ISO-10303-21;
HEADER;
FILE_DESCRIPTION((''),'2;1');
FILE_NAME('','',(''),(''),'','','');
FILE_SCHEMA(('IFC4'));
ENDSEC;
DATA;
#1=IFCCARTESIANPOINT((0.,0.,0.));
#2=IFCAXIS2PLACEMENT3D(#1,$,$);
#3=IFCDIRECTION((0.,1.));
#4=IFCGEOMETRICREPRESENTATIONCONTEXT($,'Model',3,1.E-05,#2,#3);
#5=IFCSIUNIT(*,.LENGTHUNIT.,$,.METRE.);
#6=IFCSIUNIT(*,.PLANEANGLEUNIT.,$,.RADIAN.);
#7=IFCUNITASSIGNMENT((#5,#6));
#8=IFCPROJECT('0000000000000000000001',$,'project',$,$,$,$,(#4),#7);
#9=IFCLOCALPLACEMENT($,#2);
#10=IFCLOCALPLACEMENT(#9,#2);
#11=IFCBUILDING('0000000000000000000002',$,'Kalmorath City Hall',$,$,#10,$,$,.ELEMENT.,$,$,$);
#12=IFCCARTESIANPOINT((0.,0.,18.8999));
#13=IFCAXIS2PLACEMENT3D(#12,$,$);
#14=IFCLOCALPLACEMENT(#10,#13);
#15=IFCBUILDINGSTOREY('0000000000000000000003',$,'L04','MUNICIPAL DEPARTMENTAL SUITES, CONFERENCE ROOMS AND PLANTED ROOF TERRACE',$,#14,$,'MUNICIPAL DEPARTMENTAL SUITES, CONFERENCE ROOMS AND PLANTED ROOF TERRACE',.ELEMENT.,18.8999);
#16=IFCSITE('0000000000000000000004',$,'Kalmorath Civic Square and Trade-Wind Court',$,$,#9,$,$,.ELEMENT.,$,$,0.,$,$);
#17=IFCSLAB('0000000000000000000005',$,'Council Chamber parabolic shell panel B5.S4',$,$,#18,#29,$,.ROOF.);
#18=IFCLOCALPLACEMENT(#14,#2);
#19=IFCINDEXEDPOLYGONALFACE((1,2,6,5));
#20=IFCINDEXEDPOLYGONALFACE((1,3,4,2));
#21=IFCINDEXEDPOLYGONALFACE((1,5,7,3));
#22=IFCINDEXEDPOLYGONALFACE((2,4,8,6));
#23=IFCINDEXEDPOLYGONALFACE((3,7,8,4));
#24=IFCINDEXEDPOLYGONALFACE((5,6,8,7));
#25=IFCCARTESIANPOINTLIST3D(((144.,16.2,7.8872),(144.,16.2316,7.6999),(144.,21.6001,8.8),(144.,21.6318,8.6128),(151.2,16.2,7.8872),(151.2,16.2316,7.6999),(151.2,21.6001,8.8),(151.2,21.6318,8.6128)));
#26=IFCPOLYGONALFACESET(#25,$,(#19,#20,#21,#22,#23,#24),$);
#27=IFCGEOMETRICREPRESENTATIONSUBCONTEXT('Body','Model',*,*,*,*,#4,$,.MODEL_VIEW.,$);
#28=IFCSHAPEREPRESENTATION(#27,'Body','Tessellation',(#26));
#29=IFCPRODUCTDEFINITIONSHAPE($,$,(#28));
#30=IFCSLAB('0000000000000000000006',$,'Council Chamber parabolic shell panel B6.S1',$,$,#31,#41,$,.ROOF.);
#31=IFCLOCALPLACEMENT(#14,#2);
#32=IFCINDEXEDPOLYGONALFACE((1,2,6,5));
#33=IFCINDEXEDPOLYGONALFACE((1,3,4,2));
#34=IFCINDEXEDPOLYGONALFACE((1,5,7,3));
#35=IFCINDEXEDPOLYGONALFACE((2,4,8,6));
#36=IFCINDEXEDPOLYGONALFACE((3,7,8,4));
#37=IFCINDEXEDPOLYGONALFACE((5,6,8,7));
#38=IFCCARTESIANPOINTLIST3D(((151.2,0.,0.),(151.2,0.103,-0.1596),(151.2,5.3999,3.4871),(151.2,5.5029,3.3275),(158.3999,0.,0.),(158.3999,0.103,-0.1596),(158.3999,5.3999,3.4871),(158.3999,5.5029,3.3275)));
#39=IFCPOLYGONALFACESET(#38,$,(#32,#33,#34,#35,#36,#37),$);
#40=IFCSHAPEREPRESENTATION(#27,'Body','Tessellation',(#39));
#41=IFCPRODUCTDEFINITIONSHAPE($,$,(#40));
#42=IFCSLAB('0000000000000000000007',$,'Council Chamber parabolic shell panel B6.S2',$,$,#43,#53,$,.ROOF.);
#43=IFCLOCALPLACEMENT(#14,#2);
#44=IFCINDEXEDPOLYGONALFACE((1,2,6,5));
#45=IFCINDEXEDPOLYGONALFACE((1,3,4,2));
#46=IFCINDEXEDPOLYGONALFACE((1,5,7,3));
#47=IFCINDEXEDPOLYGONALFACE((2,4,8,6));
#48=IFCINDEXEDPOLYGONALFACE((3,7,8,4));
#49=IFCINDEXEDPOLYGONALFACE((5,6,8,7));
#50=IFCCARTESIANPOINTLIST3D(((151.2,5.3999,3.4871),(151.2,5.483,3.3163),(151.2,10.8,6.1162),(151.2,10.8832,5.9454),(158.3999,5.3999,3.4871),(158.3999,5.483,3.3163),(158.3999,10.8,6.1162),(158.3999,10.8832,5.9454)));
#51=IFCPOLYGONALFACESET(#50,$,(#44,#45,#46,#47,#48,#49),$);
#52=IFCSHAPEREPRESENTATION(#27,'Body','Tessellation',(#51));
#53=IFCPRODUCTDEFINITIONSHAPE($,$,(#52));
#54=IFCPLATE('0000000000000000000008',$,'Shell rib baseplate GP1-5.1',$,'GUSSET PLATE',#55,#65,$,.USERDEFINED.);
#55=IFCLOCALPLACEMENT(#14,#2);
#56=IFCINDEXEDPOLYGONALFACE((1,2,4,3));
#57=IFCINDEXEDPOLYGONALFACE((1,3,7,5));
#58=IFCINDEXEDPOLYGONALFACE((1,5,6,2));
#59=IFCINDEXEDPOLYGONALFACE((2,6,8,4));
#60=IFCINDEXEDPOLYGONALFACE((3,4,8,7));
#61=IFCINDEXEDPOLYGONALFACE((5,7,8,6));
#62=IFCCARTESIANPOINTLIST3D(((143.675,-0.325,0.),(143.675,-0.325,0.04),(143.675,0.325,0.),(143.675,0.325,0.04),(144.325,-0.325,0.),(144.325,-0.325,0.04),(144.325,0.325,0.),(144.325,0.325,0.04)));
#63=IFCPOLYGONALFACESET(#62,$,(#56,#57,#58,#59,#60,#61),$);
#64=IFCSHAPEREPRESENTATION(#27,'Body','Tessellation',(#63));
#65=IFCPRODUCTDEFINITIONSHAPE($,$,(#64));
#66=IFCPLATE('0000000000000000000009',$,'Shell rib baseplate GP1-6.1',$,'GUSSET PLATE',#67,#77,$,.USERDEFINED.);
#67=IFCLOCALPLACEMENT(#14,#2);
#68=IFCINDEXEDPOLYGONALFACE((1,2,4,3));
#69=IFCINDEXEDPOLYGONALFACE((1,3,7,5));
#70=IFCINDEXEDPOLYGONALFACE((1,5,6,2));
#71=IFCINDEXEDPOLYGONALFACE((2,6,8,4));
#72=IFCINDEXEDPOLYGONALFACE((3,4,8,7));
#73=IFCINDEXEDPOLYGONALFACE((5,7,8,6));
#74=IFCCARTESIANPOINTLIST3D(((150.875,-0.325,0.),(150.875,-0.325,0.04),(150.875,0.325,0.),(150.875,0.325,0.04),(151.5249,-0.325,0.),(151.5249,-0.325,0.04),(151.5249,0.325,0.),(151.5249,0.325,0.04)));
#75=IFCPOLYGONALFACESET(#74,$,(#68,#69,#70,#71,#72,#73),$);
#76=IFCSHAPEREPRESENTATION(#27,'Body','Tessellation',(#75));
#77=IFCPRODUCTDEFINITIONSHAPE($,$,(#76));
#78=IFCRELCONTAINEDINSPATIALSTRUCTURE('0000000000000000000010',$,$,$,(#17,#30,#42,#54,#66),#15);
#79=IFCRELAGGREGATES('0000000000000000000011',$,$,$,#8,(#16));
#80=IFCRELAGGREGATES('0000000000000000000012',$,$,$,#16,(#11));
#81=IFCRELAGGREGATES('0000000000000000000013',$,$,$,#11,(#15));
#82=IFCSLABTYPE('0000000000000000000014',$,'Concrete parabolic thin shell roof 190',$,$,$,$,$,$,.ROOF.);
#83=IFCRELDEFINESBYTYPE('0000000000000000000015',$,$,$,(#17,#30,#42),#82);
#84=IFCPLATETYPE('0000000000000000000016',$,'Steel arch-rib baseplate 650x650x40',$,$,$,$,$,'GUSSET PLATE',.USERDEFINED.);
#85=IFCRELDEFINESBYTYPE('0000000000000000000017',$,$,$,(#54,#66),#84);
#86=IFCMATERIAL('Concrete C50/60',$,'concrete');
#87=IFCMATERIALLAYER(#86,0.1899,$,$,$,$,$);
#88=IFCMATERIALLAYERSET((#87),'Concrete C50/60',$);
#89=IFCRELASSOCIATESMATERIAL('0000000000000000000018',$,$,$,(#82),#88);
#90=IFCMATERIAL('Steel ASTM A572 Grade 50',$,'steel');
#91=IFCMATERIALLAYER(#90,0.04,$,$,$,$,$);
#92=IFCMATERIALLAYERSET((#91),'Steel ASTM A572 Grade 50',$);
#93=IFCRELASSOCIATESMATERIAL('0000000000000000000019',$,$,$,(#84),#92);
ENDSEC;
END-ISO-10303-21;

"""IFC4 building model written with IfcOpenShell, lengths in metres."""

from ifc_helpers import new_model, si_unit, direction, frame, origin, origin_2d, place, context, subcontext, project, spatial, polyline, rectangle, outline, extrude, material, layer, layer_set, type_object, element, save


model = new_model("IFC4")

# Units and contexts
model_context = context("Model", 3, precision=1e-05, world=origin(), true_north=direction((0.0, 1.0)))
body_context = subcontext(model_context, "Body", "Model", "MODEL_VIEW")
ifc_project = project(units=[si_unit("LENGTHUNIT", "METRE"), si_unit("PLANEANGLEUNIT", "RADIAN")], contexts=[model_context])

# Site, building, storey
site_placement = place(None, origin())
site = spatial("IfcSite", under=ifc_project, at=site_placement, Name="Kalmorath Civic Square and Trade-Wind Court", CompositionType="ELEMENT", RefElevation=0.0)
building_placement = place(site_placement, origin())
building = spatial("IfcBuilding", under=site, at=building_placement, Name="Kalmorath City Hall", CompositionType="ELEMENT")
storey_placement = place(building_placement, frame((0.0, 0.0, 18.8999)))
storey = spatial("IfcBuildingStorey", under=building, at=storey_placement, Name="L04", Description="MUNICIPAL DEPARTMENTAL SUITES, CONFERENCE ROOMS AND PLANTED ROOF TERRACE", LongName="MUNICIPAL DEPARTMENTAL SUITES, CONFERENCE ROOMS AND PLANTED ROOF TERRACE", CompositionType="ELEMENT", Elevation=18.8999)

# Slabs
ifc_material_1 = material(Name="Concrete C50/60", Category="concrete")
ifc_layer_1 = layer(ifc_material_1, 0.1899)
ifc_layer_set_1 = layer_set([ifc_layer_1], Name="Concrete C50/60")
slab_type = type_object("IfcSlabType", Name="Concrete parabolic thin shell roof 190", PredefinedType="ROOF", material=ifc_layer_set_1)
slab_1_placement = place(storey_placement, frame((144.0, 16.2, 7.8872), z_axis=(0.0, -0.166676, 0.986012), x_axis=(1.0, 0.0, 0.0)))
element("IfcSlab", 1, at=slab_1_placement, inside=storey, type_object=slab_type, Name="Council Chamber parabolic shell panel B5.S4", PredefinedType="ROOF", context=body_context, shape_type="SweptSolid", body=[
    extrude(outline(polyline([(0.0, 0.0), (7.2, 0.0), (7.2, 5.4768), (0.0, 5.4768), (0.0, 0.0)])), origin(), (0.0, 0.0, -1.0), 0.1899),
])
slab_2_placement = place(storey_placement, frame((151.2, 0.0, 0.0), z_axis=(0.0, -0.542484, 0.840066), x_axis=(1.0, 0.0, 0.0)))
element("IfcSlab", 2, at=slab_2_placement, inside=storey, type_object=slab_type, Name="Council Chamber parabolic shell panel B6.S1", PredefinedType="ROOF", context=body_context, shape_type="SweptSolid", body=[
    extrude(outline(polyline([(0.0, 0.0), (7.2, 0.0), (7.2, 6.4279), (0.0, 6.4279), (0.0, 0.0)])), origin(), (0.0, 0.0, -1.0), 0.1899),
])
slab_3_placement = place(storey_placement, frame((151.2, 5.3999, 3.4871), z_axis=(0.0, -0.437742, 0.899101), x_axis=(1.0, 0.0, 0.0)))
element("IfcSlab", 3, at=slab_3_placement, inside=storey, type_object=slab_type, Name="Council Chamber parabolic shell panel B6.S2", PredefinedType="ROOF", context=body_context, shape_type="SweptSolid", body=[
    extrude(outline(polyline([(0.0, 0.0), (7.2, 0.0), (7.2, 6.0062), (0.0, 6.0062), (0.0, 0.0)])), origin(), (0.0, 0.0, -1.0), 0.1899),
])

# Plates
ifc_material_2 = material(Name="Steel ASTM A572 Grade 50", Category="steel")
ifc_layer_2 = layer(ifc_material_2, 0.04)
ifc_layer_set_2 = layer_set([ifc_layer_2], Name="Steel ASTM A572 Grade 50")
plate_type = type_object("IfcPlateType", Name="Steel arch-rib baseplate 650x650x40", ElementType="GUSSET PLATE", PredefinedType="USERDEFINED", material=ifc_layer_set_2)
for number, where, z_axis, x_axis, name in (
    (4, (144.0, 0.0, 0.0), (0.0, 0.0, 1.0), (1.0, 0.0, 0.0), "Shell rib baseplate GP1-5.1"),
    (5, (151.2, 0.0, 0.0), (0.0, 0.0, 1.0), (1.0, 0.0, 0.0), "Shell rib baseplate GP1-6.1"),
):
    element("IfcPlate", number, at=place(storey_placement, frame(where, z_axis=z_axis, x_axis=x_axis)), inside=storey, type_object=plate_type, Name=name, ObjectType="GUSSET PLATE", PredefinedType="USERDEFINED", context=body_context, shape_type="SweptSolid", body=[
        extrude(rectangle(XDim=0.6499, YDim=0.6499, at=origin_2d()), origin(), (0.0, 0.0, 1.0), 0.04),
    ])

save(model, "model.ifc")
